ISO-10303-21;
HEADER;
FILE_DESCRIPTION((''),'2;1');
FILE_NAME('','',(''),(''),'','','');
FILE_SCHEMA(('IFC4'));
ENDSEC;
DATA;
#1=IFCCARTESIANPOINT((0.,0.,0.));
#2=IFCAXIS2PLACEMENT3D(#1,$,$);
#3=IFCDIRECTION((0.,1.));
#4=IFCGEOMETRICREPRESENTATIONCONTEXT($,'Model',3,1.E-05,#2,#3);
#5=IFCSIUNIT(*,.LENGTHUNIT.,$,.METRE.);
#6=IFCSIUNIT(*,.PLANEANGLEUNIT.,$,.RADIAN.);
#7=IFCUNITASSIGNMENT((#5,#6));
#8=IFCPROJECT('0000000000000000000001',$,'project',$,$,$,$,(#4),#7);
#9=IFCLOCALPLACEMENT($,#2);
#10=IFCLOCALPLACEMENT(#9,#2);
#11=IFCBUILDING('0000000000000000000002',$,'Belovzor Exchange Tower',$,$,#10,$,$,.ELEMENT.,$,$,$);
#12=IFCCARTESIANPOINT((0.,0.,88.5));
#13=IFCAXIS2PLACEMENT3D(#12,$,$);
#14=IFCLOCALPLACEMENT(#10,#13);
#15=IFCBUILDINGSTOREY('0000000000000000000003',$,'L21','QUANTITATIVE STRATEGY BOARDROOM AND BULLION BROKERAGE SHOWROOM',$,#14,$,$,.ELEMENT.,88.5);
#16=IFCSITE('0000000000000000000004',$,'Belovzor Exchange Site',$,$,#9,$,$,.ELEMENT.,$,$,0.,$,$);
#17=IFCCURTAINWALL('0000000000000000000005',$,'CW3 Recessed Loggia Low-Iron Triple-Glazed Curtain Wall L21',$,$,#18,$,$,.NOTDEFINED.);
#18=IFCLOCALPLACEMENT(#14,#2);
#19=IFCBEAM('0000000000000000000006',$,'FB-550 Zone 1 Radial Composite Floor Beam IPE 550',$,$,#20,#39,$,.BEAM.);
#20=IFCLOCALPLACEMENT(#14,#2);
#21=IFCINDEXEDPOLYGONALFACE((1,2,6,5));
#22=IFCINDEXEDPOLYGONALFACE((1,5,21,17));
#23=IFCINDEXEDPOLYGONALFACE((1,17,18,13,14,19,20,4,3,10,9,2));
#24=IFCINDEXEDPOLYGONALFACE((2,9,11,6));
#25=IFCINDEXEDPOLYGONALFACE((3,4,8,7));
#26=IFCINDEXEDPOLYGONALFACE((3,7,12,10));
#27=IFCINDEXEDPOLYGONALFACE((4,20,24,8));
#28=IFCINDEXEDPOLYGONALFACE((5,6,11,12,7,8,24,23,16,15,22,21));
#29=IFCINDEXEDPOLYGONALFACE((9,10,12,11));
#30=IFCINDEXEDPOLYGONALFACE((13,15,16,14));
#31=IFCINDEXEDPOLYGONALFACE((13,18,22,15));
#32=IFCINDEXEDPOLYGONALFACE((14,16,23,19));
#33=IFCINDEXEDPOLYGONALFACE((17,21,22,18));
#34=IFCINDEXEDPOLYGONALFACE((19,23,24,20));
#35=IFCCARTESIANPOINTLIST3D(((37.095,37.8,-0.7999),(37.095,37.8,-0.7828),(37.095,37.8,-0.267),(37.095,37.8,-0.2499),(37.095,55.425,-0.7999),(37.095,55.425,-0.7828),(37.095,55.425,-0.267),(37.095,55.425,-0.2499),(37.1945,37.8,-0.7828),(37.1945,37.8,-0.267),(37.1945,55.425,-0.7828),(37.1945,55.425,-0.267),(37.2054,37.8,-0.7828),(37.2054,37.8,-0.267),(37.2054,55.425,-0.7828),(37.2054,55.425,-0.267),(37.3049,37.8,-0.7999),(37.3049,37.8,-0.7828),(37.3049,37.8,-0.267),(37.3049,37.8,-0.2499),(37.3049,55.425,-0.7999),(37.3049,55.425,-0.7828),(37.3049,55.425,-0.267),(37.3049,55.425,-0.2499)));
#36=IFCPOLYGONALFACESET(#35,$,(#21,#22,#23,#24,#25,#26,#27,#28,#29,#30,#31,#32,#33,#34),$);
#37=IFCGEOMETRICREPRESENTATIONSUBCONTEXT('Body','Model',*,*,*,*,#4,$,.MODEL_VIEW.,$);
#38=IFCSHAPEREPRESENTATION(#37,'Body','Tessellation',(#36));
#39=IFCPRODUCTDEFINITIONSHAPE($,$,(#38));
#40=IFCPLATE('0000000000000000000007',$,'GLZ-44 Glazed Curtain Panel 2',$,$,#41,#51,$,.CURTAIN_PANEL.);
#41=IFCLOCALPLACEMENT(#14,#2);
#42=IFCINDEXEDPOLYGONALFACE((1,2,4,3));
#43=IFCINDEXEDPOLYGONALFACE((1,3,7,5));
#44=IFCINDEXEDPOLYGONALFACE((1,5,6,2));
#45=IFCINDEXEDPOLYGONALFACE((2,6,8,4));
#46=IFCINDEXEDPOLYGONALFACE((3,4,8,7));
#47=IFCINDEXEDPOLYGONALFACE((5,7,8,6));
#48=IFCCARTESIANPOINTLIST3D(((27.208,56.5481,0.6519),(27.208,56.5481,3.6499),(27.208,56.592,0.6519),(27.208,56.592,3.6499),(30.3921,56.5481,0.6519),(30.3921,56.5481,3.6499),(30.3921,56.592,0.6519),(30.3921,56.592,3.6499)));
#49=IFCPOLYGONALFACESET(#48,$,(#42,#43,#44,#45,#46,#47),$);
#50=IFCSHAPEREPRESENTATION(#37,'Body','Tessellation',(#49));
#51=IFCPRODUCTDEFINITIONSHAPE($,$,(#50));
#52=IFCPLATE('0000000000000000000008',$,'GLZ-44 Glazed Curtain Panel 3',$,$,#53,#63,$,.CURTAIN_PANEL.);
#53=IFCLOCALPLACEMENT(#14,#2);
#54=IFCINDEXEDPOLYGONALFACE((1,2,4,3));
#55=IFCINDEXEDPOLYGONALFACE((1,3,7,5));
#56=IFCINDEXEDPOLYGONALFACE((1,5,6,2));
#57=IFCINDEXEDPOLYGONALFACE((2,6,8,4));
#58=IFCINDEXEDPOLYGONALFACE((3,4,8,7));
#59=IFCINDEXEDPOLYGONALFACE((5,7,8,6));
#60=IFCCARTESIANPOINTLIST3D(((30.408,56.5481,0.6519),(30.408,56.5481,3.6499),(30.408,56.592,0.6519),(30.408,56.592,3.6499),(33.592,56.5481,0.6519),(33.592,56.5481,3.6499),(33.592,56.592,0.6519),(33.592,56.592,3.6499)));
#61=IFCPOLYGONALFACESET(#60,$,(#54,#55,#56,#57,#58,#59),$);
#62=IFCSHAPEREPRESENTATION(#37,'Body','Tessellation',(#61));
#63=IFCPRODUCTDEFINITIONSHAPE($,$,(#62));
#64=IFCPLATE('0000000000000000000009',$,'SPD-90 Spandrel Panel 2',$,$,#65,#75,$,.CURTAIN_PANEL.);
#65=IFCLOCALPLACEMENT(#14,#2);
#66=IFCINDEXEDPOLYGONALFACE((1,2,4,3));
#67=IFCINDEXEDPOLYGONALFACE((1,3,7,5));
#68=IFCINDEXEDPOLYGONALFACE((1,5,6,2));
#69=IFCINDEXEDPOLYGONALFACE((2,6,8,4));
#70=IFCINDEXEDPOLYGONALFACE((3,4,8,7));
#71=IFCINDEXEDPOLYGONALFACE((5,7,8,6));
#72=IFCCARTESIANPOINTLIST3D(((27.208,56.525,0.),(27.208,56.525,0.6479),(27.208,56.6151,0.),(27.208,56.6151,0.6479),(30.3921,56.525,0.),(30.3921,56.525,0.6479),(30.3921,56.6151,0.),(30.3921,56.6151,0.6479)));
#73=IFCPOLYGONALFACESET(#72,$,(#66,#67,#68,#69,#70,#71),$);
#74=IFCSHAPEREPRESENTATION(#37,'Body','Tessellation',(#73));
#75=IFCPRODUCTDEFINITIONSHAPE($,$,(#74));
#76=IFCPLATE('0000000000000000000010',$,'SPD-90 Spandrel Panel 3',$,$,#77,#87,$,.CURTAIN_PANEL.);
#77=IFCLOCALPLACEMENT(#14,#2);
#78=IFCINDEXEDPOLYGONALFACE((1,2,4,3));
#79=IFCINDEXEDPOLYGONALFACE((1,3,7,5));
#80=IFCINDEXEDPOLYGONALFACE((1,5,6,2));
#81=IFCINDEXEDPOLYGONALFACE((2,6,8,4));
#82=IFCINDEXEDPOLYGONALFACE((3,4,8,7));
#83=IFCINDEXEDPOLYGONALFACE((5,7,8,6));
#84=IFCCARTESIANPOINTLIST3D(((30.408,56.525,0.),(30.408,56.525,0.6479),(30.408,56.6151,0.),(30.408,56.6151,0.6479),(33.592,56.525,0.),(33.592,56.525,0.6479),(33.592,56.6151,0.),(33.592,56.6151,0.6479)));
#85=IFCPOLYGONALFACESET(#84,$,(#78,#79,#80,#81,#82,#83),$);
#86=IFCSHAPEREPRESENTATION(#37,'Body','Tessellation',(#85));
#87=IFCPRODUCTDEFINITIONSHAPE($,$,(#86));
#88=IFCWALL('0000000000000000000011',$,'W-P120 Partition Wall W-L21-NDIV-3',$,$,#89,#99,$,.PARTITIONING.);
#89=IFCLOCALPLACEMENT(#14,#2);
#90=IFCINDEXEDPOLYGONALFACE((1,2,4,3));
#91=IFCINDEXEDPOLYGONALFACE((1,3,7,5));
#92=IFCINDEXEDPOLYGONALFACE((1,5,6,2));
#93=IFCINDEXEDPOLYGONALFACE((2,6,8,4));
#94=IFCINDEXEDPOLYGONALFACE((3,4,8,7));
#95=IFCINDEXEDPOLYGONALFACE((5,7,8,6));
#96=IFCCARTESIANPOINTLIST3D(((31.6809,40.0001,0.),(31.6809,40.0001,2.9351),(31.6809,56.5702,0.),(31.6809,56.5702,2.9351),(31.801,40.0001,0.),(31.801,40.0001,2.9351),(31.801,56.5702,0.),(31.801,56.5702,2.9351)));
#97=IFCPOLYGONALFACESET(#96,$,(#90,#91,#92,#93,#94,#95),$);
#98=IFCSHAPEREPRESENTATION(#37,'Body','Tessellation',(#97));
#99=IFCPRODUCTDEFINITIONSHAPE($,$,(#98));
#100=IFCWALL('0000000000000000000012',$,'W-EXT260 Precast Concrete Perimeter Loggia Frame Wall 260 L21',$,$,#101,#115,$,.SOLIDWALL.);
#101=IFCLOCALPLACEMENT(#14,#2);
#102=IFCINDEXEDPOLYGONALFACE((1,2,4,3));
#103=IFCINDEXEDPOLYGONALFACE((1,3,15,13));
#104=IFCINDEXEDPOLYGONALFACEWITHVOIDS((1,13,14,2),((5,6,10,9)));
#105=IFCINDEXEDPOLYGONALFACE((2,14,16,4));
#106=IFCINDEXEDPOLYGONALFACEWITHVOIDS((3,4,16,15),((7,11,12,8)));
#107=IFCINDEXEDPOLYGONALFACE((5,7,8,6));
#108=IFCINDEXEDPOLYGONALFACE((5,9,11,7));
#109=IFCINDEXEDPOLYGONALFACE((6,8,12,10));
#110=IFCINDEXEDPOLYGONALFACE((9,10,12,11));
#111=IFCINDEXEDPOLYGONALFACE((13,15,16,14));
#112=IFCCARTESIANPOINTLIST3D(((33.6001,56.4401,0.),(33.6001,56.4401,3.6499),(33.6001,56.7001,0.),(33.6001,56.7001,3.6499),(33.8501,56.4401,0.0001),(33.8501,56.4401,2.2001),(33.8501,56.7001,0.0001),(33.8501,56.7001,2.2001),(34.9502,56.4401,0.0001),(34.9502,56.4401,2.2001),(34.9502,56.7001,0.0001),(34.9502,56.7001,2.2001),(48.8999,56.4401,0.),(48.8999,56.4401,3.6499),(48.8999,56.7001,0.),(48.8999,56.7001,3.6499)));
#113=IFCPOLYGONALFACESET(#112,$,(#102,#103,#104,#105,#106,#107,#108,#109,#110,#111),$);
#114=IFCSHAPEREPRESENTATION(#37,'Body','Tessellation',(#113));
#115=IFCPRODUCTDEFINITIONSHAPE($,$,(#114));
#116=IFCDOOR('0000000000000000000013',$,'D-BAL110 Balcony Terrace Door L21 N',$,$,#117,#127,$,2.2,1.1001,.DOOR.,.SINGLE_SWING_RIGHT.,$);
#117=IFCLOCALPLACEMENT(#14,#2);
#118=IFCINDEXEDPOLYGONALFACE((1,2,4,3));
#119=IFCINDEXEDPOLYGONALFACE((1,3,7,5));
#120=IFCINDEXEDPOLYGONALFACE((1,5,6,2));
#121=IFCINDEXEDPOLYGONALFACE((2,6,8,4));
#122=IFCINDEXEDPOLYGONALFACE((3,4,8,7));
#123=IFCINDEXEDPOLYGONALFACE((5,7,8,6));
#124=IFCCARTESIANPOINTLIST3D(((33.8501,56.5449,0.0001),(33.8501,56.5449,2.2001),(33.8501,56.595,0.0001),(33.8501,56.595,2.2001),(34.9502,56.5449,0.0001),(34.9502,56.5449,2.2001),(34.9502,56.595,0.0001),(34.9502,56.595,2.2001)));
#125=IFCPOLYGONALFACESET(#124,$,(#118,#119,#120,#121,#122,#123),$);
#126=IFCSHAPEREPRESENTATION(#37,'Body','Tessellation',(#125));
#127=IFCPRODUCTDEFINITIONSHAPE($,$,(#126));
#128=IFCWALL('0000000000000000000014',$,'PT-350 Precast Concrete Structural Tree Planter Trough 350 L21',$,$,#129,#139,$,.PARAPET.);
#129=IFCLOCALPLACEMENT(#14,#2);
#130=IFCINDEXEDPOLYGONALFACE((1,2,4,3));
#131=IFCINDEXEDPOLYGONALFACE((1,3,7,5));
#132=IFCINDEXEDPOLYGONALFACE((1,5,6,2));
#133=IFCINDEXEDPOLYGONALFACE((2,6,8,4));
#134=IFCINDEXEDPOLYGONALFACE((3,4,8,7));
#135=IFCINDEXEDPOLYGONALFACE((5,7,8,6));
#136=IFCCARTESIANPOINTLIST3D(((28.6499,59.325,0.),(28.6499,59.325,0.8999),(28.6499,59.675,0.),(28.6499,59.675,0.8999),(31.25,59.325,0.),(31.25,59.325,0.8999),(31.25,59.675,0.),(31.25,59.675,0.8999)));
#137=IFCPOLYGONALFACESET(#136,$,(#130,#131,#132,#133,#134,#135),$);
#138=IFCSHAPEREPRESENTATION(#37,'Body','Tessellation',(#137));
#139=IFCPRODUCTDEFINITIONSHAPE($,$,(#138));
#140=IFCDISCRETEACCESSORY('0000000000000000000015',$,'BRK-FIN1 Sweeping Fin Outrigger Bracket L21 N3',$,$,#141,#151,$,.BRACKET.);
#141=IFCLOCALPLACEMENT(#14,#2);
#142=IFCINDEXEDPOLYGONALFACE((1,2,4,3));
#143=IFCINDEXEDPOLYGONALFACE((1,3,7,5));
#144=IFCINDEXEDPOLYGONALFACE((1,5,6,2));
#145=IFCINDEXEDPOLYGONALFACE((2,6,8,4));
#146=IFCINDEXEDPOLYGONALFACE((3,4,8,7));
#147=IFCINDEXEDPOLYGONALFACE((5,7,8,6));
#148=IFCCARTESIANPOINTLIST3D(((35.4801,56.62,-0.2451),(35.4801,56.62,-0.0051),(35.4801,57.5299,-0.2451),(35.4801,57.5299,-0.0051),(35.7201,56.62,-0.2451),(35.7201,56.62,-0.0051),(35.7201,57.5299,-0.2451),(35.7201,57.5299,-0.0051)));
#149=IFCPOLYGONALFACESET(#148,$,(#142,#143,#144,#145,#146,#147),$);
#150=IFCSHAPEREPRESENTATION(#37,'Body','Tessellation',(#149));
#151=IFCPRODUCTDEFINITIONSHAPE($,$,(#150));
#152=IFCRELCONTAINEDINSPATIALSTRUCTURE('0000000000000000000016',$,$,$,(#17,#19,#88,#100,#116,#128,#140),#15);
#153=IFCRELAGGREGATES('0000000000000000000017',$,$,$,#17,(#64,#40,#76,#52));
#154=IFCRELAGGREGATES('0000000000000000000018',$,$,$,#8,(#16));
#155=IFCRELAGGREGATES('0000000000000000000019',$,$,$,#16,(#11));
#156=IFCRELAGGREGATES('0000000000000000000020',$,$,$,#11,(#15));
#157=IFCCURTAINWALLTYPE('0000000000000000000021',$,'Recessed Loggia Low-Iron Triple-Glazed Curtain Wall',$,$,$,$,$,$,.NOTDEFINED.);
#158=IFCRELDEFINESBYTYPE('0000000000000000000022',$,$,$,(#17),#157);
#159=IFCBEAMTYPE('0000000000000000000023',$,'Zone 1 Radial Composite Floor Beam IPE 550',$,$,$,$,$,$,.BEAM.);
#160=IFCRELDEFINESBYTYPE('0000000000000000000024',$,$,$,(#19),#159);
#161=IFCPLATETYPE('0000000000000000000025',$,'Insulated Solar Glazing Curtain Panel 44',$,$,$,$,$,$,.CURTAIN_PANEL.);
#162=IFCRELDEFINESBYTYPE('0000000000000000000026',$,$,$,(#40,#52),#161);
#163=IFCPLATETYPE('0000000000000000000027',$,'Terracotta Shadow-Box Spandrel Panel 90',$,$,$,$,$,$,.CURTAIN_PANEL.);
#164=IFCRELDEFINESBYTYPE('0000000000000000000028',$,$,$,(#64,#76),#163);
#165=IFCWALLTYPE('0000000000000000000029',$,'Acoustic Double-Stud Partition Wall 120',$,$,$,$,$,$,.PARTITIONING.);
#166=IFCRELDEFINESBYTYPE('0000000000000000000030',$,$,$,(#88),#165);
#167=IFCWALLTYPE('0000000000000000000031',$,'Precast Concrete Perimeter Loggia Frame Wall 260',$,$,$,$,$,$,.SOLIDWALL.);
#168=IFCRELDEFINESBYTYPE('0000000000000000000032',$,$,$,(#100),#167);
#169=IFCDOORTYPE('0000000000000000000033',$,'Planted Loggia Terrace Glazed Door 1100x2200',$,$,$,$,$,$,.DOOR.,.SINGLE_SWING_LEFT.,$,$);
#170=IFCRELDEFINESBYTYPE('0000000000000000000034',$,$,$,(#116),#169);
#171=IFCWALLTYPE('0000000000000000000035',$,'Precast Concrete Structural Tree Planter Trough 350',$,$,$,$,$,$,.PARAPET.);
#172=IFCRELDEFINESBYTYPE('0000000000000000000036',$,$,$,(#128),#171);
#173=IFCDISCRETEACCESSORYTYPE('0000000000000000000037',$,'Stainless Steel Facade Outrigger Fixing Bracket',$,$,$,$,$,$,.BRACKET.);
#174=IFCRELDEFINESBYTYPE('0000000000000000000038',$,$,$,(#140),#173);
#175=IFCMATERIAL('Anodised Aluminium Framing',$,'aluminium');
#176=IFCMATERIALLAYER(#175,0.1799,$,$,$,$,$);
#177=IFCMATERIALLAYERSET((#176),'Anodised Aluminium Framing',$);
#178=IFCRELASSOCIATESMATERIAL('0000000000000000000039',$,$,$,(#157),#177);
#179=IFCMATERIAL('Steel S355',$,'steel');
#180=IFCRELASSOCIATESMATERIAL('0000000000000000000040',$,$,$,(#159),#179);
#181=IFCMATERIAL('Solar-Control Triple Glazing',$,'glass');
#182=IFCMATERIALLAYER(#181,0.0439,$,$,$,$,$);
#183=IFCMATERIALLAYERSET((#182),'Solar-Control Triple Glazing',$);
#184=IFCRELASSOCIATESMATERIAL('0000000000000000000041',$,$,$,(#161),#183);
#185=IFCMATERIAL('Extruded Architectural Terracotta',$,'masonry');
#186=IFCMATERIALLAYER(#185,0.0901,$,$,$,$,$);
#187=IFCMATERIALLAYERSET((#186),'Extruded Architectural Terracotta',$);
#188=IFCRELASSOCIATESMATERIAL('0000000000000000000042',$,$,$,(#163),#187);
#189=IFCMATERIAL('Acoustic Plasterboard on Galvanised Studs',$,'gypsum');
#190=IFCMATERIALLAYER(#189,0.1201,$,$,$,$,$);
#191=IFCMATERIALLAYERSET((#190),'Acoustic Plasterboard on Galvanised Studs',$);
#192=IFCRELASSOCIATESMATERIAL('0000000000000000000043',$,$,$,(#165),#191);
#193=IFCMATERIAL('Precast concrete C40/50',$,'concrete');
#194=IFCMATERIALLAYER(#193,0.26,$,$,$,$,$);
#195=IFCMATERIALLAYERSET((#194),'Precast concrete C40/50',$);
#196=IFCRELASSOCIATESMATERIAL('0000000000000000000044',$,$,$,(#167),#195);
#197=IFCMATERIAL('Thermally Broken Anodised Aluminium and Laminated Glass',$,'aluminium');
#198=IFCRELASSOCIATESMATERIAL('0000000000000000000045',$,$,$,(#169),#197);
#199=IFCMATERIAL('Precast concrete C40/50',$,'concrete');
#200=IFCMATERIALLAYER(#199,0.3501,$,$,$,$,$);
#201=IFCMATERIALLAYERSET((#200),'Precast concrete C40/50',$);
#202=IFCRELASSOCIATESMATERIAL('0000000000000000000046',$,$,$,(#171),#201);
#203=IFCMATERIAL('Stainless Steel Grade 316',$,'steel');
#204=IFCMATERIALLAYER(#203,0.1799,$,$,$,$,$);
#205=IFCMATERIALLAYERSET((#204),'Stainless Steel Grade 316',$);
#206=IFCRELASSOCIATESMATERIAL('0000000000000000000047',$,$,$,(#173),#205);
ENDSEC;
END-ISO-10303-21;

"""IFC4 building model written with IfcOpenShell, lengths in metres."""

from ifc_helpers import new_model, si_unit, direction, frame, frame_2d, origin, origin_2d, place, context, subcontext, project, spatial, rectangle, i_section, extrude, material, layer, layer_set, material_profile, profile_set, type_object, element, fill, aggregate, save


model = new_model("IFC4")

# Units and contexts
model_context = context("Model", 3, precision=1e-05, world=origin(), true_north=direction((0.0, 1.0)))
body_context = subcontext(model_context, "Body", "Model", "MODEL_VIEW")
ifc_project = project(units=[si_unit("LENGTHUNIT", "METRE"), si_unit("PLANEANGLEUNIT", "RADIAN")], contexts=[model_context])

# Site, building, storey
site_placement = place(None, origin())
site = spatial("IfcSite", under=ifc_project, at=site_placement, Name="Belovzor Exchange Site", CompositionType="ELEMENT", RefElevation=0.0)
building_placement = place(site_placement, origin())
building = spatial("IfcBuilding", under=site, at=building_placement, Name="Belovzor Exchange Tower", CompositionType="ELEMENT")
storey_placement = place(building_placement, frame((0.0, 0.0, 88.5)))
storey = spatial("IfcBuildingStorey", under=building, at=storey_placement, Name="L21", Description="QUANTITATIVE STRATEGY BOARDROOM AND BULLION BROKERAGE SHOWROOM", CompositionType="ELEMENT", Elevation=88.5)

# Curtain wall
ifc_material_1 = material(Name="Anodised Aluminium Framing", Category="aluminium")
ifc_layer_1 = layer(ifc_material_1, 0.1799)
ifc_layer_set_1 = layer_set([ifc_layer_1], Name="Anodised Aluminium Framing")
curtain_wall_type = type_object("IfcCurtainWallType", Name="Recessed Loggia Low-Iron Triple-Glazed Curtain Wall", PredefinedType="NOTDEFINED", material=ifc_layer_set_1)
curtain_wall_placement = place(storey_placement, origin())
curtain_wall = element("IfcCurtainWall", 1, at=curtain_wall_placement, inside=storey, type_object=curtain_wall_type, Name="CW3 Recessed Loggia Low-Iron Triple-Glazed Curtain Wall L21", PredefinedType="NOTDEFINED")

# Beam
ifc_material_2 = material(Name="Steel S355", Category="steel")
ifc_material_profile_1 = material_profile(ifc_material_2, i_section(OverallWidth=0.21, OverallDepth=0.55, WebThickness=0.011, FlangeThickness=0.0171, at=origin_2d()))
ifc_profile_set_1 = profile_set([ifc_material_profile_1], Name="Steel S355")
beam_type_1 = type_object("IfcBeamType", Name="Zone 1 Radial Composite Floor Beam IPE 550", PredefinedType="BEAM", material=ifc_profile_set_1)
beam_1_placement = place(storey_placement, frame((37.2, 37.8, -0.5249), z_axis=(0.0, 1.0, 0.0), x_axis=(-1.0, 0.0, 0.0)))
element("IfcBeam", 2, at=beam_1_placement, inside=storey, type_object=beam_type_1, Name="FB-550 Zone 1 Radial Composite Floor Beam IPE 550", PredefinedType="BEAM", context=body_context, shape_type="SweptSolid", body=[
    extrude(i_section(OverallWidth=0.21, OverallDepth=0.55, WebThickness=0.011, FlangeThickness=0.0171, at=origin_2d()), origin(), (0.0, 0.0, 1.0), 17.625),
])

# Plates
ifc_material_3 = material(Name="Solar-Control Triple Glazing", Category="glass")
ifc_layer_2 = layer(ifc_material_3, 0.0439)
ifc_layer_set_2 = layer_set([ifc_layer_2], Name="Solar-Control Triple Glazing")
plate_type_1 = type_object("IfcPlateType", Name="Insulated Solar Glazing Curtain Panel 44", PredefinedType="CURTAIN_PANEL", material=ifc_layer_set_2)
plate_1_placement = place(storey_placement, frame((28.8, 56.5701, 0.6519), z_axis=(0.0, 0.0, 1.0), x_axis=(1.0, 0.0, 0.0)))
plate_1 = element("IfcPlate", 3, at=plate_1_placement, type_object=plate_type_1, Name="GLZ-44 Glazed Curtain Panel 2", PredefinedType="CURTAIN_PANEL", context=body_context, shape_type="SweptSolid", body=[
    extrude(rectangle(XDim=3.1841, YDim=0.0439, at=origin_2d()), origin(), (0.0, 0.0, 1.0), 2.998),
])
plate_2_placement = place(storey_placement, frame((32.0, 56.5701, 0.6519), z_axis=(0.0, 0.0, 1.0), x_axis=(1.0, 0.0, 0.0)))
plate_2 = element("IfcPlate", 4, at=plate_2_placement, type_object=plate_type_1, Name="GLZ-44 Glazed Curtain Panel 3", PredefinedType="CURTAIN_PANEL", context=body_context, shape_type="SweptSolid", body=[
    extrude(rectangle(XDim=3.1841, YDim=0.0439, at=origin_2d()), origin(), (0.0, 0.0, 1.0), 2.998),
])
ifc_material_4 = material(Name="Extruded Architectural Terracotta", Category="masonry")
ifc_layer_3 = layer(ifc_material_4, 0.0901)
ifc_layer_set_3 = layer_set([ifc_layer_3], Name="Extruded Architectural Terracotta")
plate_type_2 = type_object("IfcPlateType", Name="Terracotta Shadow-Box Spandrel Panel 90", PredefinedType="CURTAIN_PANEL", material=ifc_layer_set_3)
plate_3_placement = place(storey_placement, frame((28.8, 56.5701, 0.0), z_axis=(0.0, 0.0, 1.0), x_axis=(1.0, 0.0, 0.0)))
plate_3 = element("IfcPlate", 5, at=plate_3_placement, type_object=plate_type_2, Name="SPD-90 Spandrel Panel 2", PredefinedType="CURTAIN_PANEL", context=body_context, shape_type="SweptSolid", body=[
    extrude(rectangle(XDim=3.1841, YDim=0.0901, at=origin_2d()), origin(), (0.0, 0.0, 1.0), 0.6479),
])
plate_4_placement = place(storey_placement, frame((32.0, 56.5701, 0.0), z_axis=(0.0, 0.0, 1.0), x_axis=(1.0, 0.0, 0.0)))
plate_4 = element("IfcPlate", 6, at=plate_4_placement, type_object=plate_type_2, Name="SPD-90 Spandrel Panel 3", PredefinedType="CURTAIN_PANEL", context=body_context, shape_type="SweptSolid", body=[
    extrude(rectangle(XDim=3.1841, YDim=0.0901, at=origin_2d()), origin(), (0.0, 0.0, 1.0), 0.6479),
])
aggregate(curtain_wall, [plate_3, plate_1, plate_4, plate_2])

# Wall
ifc_material_5 = material(Name="Acoustic Plasterboard on Galvanised Studs", Category="gypsum")
ifc_layer_4 = layer(ifc_material_5, 0.1201)
ifc_layer_set_4 = layer_set([ifc_layer_4], Name="Acoustic Plasterboard on Galvanised Studs")
wall_type_1 = type_object("IfcWallType", Name="Acoustic Double-Stud Partition Wall 120", PredefinedType="PARTITIONING", material=ifc_layer_set_4)
wall_1_placement = place(storey_placement, frame((31.741, 40.0, 0.0), z_axis=(0.0, 0.0, 1.0), x_axis=(0.0, 1.0, 0.0)))
element("IfcWall", 7, at=wall_1_placement, inside=storey, type_object=wall_type_1, Name="W-P120 Partition Wall W-L21-NDIV-3", PredefinedType="PARTITIONING", context=body_context, shape_type="SweptSolid", body=[
    extrude(rectangle(XDim=16.5701, YDim=0.1201, at=frame_2d((8.2852, 0.0))), origin(), (0.0, 0.0, 1.0), 2.9351),
])

# Wall, opening, door
ifc_material_6 = material(Name="Precast concrete C40/50", Category="concrete")
ifc_layer_5 = layer(ifc_material_6, 0.26)
ifc_layer_set_5 = layer_set([ifc_layer_5], Name="Precast concrete C40/50")
wall_type_2 = type_object("IfcWallType", Name="Precast Concrete Perimeter Loggia Frame Wall 260", PredefinedType="SOLIDWALL", material=ifc_layer_set_5)
wall_2_placement = place(storey_placement, frame((33.6001, 56.5701, 0.0), z_axis=(0.0, 0.0, 1.0), x_axis=(1.0, 0.0, 0.0)))
wall_2 = element("IfcWall", 8, at=wall_2_placement, inside=storey, type_object=wall_type_2, Name="W-EXT260 Precast Concrete Perimeter Loggia Frame Wall 260 L21", PredefinedType="SOLIDWALL", context=body_context, shape_type="SweptSolid", body=[
    extrude(rectangle(XDim=15.2998, YDim=0.26, at=frame_2d((7.6499, 0.0))), origin(), (0.0, 0.0, 1.0), 3.6499),
])
opening_placement = place(wall_2_placement, frame((0.25, 0.0, 0.0)))
opening = element("IfcOpeningElement", 9, at=opening_placement, cuts=wall_2, PredefinedType="OPENING", context=body_context, shape_type="SweptSolid", body=[
    extrude(rectangle(XDim=1.1001, YDim=2.2, at=frame_2d((0.55, 1.1001))), frame((0.0, 0.1399, 0.0), z_axis=(0.0, -1.0, 0.0), x_axis=(1.0, 0.0, 0.0)), (0.0, 0.0, 1.0), 0.28),
])
ifc_material_7 = material(Name="Thermally Broken Anodised Aluminium and Laminated Glass", Category="aluminium")
door_type = type_object("IfcDoorType", Name="Planted Loggia Terrace Glazed Door 1100x2200", OperationType="SINGLE_SWING_LEFT", PredefinedType="DOOR", material=ifc_material_7)
door_placement = place(opening_placement, origin())
door = element("IfcDoor", 10, at=door_placement, inside=storey, type_object=door_type, Name="D-BAL110 Balcony Terrace Door L21 N", OperationType="SINGLE_SWING_RIGHT", OverallHeight=2.2, OverallWidth=1.1001, PredefinedType="DOOR", context=body_context, shape_type="SweptSolid", body=[
    extrude(rectangle(XDim=1.1001, YDim=2.2, at=frame_2d((0.55, 1.1001))), frame((0.0, 0.0249, 0.0), z_axis=(0.0, -1.0, 0.0), x_axis=(1.0, 0.0, 0.0)), (0.0, 0.0, 1.0), 0.05),
])
fill(opening, door)

# Wall
ifc_material_8 = material(Name="Precast concrete C40/50", Category="concrete")
ifc_layer_6 = layer(ifc_material_8, 0.3501)
ifc_layer_set_6 = layer_set([ifc_layer_6], Name="Precast concrete C40/50")
wall_type_3 = type_object("IfcWallType", Name="Precast Concrete Structural Tree Planter Trough 350", PredefinedType="PARAPET", material=ifc_layer_set_6)
wall_3_placement = place(storey_placement, frame((28.6499, 59.5, 0.0), z_axis=(0.0, 0.0, 1.0), x_axis=(1.0, 0.0, 0.0)))
element("IfcWall", 11, at=wall_3_placement, inside=storey, type_object=wall_type_3, Name="PT-350 Precast Concrete Structural Tree Planter Trough 350 L21", PredefinedType="PARAPET", context=body_context, shape_type="SweptSolid", body=[
    extrude(rectangle(XDim=2.6001, YDim=0.3501, at=frame_2d((1.3, 0.0))), origin(), (0.0, 0.0, 1.0), 0.8999),
])

# Discrete accessory
ifc_material_9 = material(Name="Stainless Steel Grade 316", Category="steel")
ifc_layer_7 = layer(ifc_material_9, 0.1799)
ifc_layer_set_7 = layer_set([ifc_layer_7], Name="Stainless Steel Grade 316")
discrete_accessory_type = type_object("IfcDiscreteAccessoryType", Name="Stainless Steel Facade Outrigger Fixing Bracket", PredefinedType="BRACKET", material=ifc_layer_set_7)
discrete_accessory_placement = place(storey_placement, frame((35.6001, 57.075, -0.2451), z_axis=(0.0, 0.0, 1.0), x_axis=(0.0, 1.0, 0.0)))
element("IfcDiscreteAccessory", 12, at=discrete_accessory_placement, inside=storey, type_object=discrete_accessory_type, Name="BRK-FIN1 Sweeping Fin Outrigger Bracket L21 N3", PredefinedType="BRACKET", context=body_context, shape_type="SweptSolid", body=[
    extrude(rectangle(XDim=0.9099, YDim=0.24, at=origin_2d()), origin(), (0.0, 0.0, 1.0), 0.24),
])

save(model, "model.ifc")
